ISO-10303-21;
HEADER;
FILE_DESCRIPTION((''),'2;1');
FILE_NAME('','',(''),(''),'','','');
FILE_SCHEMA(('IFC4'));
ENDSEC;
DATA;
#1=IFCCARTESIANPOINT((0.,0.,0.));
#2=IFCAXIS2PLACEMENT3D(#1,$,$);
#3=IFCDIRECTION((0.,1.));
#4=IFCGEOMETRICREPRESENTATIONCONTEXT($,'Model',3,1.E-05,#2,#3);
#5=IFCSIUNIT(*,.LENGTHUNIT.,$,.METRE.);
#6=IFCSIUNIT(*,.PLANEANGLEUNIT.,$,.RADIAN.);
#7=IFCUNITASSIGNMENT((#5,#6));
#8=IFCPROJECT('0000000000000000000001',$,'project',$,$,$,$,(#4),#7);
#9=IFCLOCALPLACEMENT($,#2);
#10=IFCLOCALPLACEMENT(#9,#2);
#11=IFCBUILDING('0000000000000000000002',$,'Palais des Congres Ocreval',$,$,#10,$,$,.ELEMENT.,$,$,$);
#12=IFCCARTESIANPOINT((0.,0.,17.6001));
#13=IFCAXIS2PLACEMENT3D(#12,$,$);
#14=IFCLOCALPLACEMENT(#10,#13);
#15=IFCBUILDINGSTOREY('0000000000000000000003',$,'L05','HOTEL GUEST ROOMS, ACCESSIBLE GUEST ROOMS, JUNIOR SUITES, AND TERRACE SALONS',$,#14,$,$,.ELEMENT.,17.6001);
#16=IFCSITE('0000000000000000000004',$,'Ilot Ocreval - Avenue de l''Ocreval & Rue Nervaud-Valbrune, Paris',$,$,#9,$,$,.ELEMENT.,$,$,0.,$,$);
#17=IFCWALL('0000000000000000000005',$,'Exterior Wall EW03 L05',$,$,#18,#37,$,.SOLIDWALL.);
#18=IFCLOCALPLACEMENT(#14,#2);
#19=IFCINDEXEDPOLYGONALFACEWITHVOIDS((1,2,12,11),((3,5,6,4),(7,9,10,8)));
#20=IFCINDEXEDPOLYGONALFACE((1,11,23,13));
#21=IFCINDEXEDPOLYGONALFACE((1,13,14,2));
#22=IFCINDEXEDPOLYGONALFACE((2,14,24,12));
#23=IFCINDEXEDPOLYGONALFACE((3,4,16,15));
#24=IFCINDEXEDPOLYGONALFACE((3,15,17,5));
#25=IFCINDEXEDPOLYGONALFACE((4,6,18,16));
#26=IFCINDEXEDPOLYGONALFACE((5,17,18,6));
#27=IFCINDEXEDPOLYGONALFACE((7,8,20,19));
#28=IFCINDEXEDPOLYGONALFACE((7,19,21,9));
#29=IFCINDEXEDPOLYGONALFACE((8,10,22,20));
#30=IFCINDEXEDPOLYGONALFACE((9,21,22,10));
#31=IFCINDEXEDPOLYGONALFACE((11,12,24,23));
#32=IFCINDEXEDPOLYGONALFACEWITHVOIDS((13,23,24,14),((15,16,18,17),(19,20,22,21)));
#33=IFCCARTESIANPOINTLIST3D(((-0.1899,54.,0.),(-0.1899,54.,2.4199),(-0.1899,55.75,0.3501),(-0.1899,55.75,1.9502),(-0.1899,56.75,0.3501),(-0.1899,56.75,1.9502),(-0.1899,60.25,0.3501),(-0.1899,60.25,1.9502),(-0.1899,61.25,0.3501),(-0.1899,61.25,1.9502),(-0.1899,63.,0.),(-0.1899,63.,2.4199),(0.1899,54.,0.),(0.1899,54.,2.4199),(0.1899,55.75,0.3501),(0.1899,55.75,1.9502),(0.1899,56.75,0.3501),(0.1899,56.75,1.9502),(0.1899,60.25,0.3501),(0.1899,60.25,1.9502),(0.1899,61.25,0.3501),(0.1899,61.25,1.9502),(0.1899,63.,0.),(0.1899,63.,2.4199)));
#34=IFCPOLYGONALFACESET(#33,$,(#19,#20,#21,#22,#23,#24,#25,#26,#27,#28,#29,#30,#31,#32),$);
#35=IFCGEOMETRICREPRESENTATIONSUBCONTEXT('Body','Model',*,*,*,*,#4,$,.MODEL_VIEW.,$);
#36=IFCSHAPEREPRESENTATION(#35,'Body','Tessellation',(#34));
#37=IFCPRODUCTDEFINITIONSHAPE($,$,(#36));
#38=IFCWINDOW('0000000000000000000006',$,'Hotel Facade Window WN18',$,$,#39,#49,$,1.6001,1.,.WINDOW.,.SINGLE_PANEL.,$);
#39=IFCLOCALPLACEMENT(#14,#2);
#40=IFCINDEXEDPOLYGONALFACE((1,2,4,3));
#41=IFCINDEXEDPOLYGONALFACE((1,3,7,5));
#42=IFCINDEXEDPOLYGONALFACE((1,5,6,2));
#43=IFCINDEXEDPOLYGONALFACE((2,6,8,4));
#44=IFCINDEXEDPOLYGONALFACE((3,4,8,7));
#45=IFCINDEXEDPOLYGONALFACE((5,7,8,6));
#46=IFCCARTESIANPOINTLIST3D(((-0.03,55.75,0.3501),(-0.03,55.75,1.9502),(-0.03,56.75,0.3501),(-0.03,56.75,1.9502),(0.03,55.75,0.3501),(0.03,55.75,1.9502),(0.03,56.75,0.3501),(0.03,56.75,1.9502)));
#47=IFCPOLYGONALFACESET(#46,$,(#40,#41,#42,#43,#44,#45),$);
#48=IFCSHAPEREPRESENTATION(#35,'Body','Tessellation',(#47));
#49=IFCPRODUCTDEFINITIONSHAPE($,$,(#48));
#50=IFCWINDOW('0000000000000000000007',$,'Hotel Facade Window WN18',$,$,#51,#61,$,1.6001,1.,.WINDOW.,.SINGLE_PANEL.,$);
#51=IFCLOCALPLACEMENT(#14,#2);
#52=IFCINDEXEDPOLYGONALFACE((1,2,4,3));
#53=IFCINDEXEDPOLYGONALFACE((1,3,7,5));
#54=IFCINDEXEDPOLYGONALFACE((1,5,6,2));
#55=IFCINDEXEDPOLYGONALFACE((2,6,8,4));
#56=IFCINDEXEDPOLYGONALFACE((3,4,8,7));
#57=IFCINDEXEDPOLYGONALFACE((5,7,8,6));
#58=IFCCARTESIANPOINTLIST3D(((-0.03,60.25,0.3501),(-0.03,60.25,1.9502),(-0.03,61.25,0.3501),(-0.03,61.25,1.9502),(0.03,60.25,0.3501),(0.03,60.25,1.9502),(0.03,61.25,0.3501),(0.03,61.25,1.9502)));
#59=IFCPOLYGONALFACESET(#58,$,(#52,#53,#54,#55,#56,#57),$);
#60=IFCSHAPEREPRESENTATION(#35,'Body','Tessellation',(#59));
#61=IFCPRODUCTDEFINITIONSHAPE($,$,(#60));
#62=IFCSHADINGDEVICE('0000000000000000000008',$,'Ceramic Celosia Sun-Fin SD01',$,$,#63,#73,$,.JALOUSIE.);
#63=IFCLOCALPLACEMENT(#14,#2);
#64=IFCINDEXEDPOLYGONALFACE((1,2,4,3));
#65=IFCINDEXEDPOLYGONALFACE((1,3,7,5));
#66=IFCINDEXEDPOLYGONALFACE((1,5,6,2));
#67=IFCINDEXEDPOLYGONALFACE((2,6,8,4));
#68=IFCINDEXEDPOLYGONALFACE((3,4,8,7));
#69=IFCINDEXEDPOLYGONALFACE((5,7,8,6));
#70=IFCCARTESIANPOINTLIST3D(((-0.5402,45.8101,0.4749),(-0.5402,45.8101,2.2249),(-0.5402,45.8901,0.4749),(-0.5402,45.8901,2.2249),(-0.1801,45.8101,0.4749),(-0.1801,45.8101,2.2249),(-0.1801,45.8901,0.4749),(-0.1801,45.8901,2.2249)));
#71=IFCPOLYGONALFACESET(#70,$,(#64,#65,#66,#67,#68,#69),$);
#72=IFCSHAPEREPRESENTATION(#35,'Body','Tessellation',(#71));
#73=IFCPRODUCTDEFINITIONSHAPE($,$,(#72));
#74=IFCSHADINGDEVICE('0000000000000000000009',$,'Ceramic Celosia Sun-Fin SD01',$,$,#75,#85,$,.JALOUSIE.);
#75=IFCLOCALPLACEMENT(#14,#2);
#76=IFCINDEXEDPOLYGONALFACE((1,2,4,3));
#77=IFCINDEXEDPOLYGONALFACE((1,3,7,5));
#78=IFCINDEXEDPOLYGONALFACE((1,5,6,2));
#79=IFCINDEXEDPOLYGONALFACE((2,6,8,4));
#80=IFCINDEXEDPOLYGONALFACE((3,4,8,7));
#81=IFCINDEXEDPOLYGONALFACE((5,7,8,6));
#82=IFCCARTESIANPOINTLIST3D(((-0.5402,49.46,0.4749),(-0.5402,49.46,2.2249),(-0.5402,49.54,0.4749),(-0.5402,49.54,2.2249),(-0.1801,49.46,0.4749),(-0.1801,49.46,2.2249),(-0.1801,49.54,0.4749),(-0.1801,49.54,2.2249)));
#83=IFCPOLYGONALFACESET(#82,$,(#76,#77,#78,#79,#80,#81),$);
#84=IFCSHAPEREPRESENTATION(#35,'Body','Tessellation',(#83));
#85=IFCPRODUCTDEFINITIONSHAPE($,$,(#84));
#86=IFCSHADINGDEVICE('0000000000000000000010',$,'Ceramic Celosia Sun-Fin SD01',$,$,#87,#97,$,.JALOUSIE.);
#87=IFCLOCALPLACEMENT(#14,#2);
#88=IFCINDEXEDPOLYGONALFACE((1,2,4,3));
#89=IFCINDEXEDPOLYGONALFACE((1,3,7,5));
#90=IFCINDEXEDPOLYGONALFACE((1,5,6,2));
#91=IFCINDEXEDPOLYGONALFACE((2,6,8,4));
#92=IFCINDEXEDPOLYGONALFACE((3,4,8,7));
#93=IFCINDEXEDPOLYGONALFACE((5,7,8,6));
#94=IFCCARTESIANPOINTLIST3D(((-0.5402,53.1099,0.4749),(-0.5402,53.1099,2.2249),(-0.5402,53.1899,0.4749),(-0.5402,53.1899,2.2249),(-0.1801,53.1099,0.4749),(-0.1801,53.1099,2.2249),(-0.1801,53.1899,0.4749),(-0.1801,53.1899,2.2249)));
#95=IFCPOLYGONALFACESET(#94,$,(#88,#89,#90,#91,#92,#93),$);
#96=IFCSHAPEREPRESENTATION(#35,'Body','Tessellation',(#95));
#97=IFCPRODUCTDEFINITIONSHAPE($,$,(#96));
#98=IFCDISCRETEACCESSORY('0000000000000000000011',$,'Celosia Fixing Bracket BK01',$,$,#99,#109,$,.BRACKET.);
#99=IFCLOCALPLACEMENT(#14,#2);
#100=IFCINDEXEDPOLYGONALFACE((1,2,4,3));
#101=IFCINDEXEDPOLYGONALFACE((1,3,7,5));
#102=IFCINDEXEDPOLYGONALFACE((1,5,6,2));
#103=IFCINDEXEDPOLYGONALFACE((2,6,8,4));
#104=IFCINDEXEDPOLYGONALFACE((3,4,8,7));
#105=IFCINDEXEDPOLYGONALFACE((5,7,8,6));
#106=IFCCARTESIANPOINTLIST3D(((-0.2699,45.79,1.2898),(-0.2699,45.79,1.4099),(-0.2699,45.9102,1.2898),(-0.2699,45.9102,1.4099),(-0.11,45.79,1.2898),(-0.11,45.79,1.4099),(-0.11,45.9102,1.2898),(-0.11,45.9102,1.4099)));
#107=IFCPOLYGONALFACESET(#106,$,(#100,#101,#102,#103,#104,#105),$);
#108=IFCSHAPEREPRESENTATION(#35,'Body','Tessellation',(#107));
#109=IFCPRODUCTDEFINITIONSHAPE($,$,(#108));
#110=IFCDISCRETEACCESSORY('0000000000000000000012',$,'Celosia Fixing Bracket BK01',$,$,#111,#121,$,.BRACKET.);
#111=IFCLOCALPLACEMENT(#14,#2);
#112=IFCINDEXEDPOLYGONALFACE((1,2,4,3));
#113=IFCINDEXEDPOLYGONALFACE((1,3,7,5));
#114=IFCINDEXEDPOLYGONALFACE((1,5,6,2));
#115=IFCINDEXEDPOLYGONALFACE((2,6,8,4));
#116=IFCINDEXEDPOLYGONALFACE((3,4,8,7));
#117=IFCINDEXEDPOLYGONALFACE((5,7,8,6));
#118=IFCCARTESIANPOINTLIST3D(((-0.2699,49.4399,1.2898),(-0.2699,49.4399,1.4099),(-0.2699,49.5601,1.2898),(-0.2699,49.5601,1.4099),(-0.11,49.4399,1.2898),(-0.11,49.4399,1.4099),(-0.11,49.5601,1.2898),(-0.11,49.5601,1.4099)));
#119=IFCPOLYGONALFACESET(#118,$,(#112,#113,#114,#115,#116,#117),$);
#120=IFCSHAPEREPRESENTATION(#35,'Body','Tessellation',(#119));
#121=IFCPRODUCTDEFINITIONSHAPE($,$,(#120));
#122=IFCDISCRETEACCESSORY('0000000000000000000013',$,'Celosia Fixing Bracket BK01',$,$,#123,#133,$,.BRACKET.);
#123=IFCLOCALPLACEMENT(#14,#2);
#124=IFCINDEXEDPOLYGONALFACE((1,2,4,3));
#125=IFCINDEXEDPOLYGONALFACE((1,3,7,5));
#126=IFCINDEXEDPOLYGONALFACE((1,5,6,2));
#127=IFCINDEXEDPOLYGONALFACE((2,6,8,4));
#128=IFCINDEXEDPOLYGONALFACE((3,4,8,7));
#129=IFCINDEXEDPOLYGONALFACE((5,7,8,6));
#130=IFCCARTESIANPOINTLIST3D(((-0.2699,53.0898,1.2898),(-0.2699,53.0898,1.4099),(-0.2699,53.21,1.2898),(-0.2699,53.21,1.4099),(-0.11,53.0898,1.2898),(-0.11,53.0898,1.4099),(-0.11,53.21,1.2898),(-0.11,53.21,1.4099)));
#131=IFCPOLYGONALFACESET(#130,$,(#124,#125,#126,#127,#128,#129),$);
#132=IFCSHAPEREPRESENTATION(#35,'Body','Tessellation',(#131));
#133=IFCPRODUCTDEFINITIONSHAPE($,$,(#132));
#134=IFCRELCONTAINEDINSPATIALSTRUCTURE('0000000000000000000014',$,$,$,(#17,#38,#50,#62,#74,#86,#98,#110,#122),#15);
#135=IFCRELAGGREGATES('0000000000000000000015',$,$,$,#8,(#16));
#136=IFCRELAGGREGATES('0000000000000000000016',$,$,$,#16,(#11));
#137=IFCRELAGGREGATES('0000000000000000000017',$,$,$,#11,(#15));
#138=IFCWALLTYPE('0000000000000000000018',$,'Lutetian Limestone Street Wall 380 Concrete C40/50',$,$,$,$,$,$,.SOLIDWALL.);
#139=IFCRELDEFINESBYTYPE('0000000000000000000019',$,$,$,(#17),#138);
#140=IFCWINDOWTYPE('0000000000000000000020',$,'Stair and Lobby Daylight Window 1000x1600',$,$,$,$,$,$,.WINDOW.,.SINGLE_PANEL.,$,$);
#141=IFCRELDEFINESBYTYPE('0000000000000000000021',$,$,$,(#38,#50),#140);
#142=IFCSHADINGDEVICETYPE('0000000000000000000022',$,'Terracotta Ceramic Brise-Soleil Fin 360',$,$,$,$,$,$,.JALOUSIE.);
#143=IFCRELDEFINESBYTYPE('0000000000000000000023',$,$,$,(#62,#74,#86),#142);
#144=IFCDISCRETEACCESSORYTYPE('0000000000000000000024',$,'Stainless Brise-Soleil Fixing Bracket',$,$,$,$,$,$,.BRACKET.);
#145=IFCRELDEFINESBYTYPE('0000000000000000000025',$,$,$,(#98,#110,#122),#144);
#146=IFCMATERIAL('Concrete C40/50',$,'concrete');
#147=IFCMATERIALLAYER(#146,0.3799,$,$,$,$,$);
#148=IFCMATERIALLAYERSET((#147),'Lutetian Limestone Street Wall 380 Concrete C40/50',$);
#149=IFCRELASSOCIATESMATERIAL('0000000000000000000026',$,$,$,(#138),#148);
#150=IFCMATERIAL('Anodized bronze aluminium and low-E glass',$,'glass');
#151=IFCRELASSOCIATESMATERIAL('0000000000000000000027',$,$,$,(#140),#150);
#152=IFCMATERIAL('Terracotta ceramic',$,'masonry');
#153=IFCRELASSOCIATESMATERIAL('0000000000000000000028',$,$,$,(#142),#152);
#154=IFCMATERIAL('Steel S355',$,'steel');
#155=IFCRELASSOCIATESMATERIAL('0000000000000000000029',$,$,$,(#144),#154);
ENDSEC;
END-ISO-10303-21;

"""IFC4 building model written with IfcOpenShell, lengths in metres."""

from ifc_helpers import new_model, si_unit, direction, frame, frame_2d, origin, origin_2d, place, context, subcontext, project, spatial, rectangle, extrude, material, layer, layer_set, type_object, element, fill, save


model = new_model("IFC4")

# Units and contexts
model_context = context("Model", 3, precision=1e-05, world=origin(), true_north=direction((0.0, 1.0)))
body_context = subcontext(model_context, "Body", "Model", "MODEL_VIEW")
ifc_project = project(units=[si_unit("LENGTHUNIT", "METRE"), si_unit("PLANEANGLEUNIT", "RADIAN")], contexts=[model_context])

# Site, building, storey
site_placement = place(None, origin())
site = spatial("IfcSite", under=ifc_project, at=site_placement, Name="Ilot Ocreval - Avenue de l'Ocreval & Rue Nervaud-Valbrune, Paris", CompositionType="ELEMENT", RefElevation=0.0)
building_placement = place(site_placement, origin())
building = spatial("IfcBuilding", under=site, at=building_placement, Name="Palais des Congres Ocreval", CompositionType="ELEMENT")
storey_placement = place(building_placement, frame((0.0, 0.0, 17.6001)))
storey = spatial("IfcBuildingStorey", under=building, at=storey_placement, Name="L05", Description="HOTEL GUEST ROOMS, ACCESSIBLE GUEST ROOMS, JUNIOR SUITES, AND TERRACE SALONS", CompositionType="ELEMENT", Elevation=17.6001)

# Shared definitions
ifc_material_1 = material(Name="Steel S355", Category="steel")

# Shared definitions
ifc_material_2 = material(Name="Concrete C40/50", Category="concrete")

# Wall, openings, windows
ifc_layer_1 = layer(ifc_material_2, 0.3799)
ifc_layer_set_1 = layer_set([ifc_layer_1], Name="Lutetian Limestone Street Wall 380 Concrete C40/50")
wall_type_1 = type_object("IfcWallType", Name="Lutetian Limestone Street Wall 380 Concrete C40/50", PredefinedType="SOLIDWALL", material=ifc_layer_set_1)
ifc_material_3 = material(Name="Anodized bronze aluminium and low-E glass", Category="glass")
window_type = type_object("IfcWindowType", Name="Stair and Lobby Daylight Window 1000x1600", PartitioningType="SINGLE_PANEL", PredefinedType="WINDOW", material=ifc_material_3)
wall_1_placement = place(storey_placement, frame((0.0, 54.0, 0.0), z_axis=(0.0, 0.0, 1.0), x_axis=(0.0, 1.0, 0.0)))
wall_1 = element("IfcWall", 1, at=wall_1_placement, inside=storey, type_object=wall_type_1, Name="Exterior Wall EW03 L05", PredefinedType="SOLIDWALL", context=body_context, shape_type="SweptSolid", body=[
    extrude(rectangle(XDim=9.0, YDim=0.3799, at=frame_2d((4.5, 0.0))), origin(), (0.0, 0.0, 1.0), 2.4199),
])
opening_1_placement = place(wall_1_placement, frame((1.75, 0.0, 0.3501)))
opening_1 = element("IfcOpeningElement", 2, at=opening_1_placement, cuts=wall_1, PredefinedType="OPENING", context=body_context, shape_type="SweptSolid", body=[
    extrude(rectangle(XDim=1.0, YDim=1.6001, at=frame_2d((0.5, 0.8))), frame((0.0, 0.2, 0.0), z_axis=(0.0, -1.0, 0.0), x_axis=(1.0, 0.0, 0.0)), (0.0, 0.0, 1.0), 0.3999),
])
opening_2_placement = place(wall_1_placement, frame((6.25, 0.0, 0.3501)))
opening_2 = element("IfcOpeningElement", 3, at=opening_2_placement, cuts=wall_1, PredefinedType="OPENING", context=body_context, shape_type="SweptSolid", body=[
    extrude(rectangle(XDim=1.0, YDim=1.6001, at=frame_2d((0.5, 0.8))), frame((0.0, 0.2, 0.0), z_axis=(0.0, -1.0, 0.0), x_axis=(1.0, 0.0, 0.0)), (0.0, 0.0, 1.0), 0.3999),
])
window_1_placement = place(opening_1_placement, origin())
window_1 = element("IfcWindow", 4, at=window_1_placement, inside=storey, type_object=window_type, Name="Hotel Facade Window WN18", OverallHeight=1.6001, OverallWidth=1.0, PartitioningType="SINGLE_PANEL", PredefinedType="WINDOW", context=body_context, shape_type="SweptSolid", body=[
    extrude(rectangle(XDim=1.0, YDim=1.6001, at=frame_2d((0.5, 0.8))), frame((0.0, 0.03, 0.0), z_axis=(0.0, -1.0, 0.0), x_axis=(1.0, 0.0, 0.0)), (0.0, 0.0, 1.0), 0.0601),
])
fill(opening_1, window_1)
window_2_placement = place(opening_2_placement, origin())
window_2 = element("IfcWindow", 5, at=window_2_placement, inside=storey, type_object=window_type, Name="Hotel Facade Window WN18", OverallHeight=1.6001, OverallWidth=1.0, PartitioningType="SINGLE_PANEL", PredefinedType="WINDOW", context=body_context, shape_type="SweptSolid", body=[
    extrude(rectangle(XDim=1.0, YDim=1.6001, at=frame_2d((0.5, 0.8))), frame((0.0, 0.03, 0.0), z_axis=(0.0, -1.0, 0.0), x_axis=(1.0, 0.0, 0.0)), (0.0, 0.0, 1.0), 0.0601),
])
fill(opening_2, window_2)

# Shading devices
ifc_material_4 = material(Name="Terracotta ceramic", Category="masonry")
shading_device_type = type_object("IfcShadingDeviceType", Name="Terracotta Ceramic Brise-Soleil Fin 360", PredefinedType="JALOUSIE", material=ifc_material_4)
for number, where, z_axis, x_axis, name in (
    (6, (-0.3601, 45.8501, 0.4749), (0.0, 0.0, 1.0), (-1.0, 0.0, 0.0), "Ceramic Celosia Sun-Fin SD01"),
    (7, (-0.3601, 49.5, 0.4749), (0.0, 0.0, 1.0), (-1.0, 0.0, 0.0), "Ceramic Celosia Sun-Fin SD01"),
    (8, (-0.3601, 53.1499, 0.4749), (0.0, 0.0, 1.0), (-1.0, 0.0, 0.0), "Ceramic Celosia Sun-Fin SD01"),
):
    element("IfcShadingDevice", number, at=place(storey_placement, frame(where, z_axis=z_axis, x_axis=x_axis)), inside=storey, type_object=shading_device_type, Name=name, PredefinedType="JALOUSIE", context=body_context, shape_type="SweptSolid", body=[
        extrude(rectangle(XDim=0.3601, YDim=0.0801, at=origin_2d()), origin(), (0.0, 0.0, 1.0), 1.75),
    ])

# Discrete accessories
discrete_accessory_type = type_object("IfcDiscreteAccessoryType", Name="Stainless Brise-Soleil Fixing Bracket", PredefinedType="BRACKET", material=ifc_material_1)
for number, where, z_axis, x_axis, name in (
    (9, (-0.1899, 45.8501, 1.2898), (0.0, 0.0, 1.0), (-1.0, 0.0, 0.0), "Celosia Fixing Bracket BK01"),
    (10, (-0.1899, 49.5, 1.2898), (0.0, 0.0, 1.0), (-1.0, 0.0, 0.0), "Celosia Fixing Bracket BK01"),
    (11, (-0.1899, 53.1499, 1.2898), (0.0, 0.0, 1.0), (-1.0, 0.0, 0.0), "Celosia Fixing Bracket BK01"),
):
    element("IfcDiscreteAccessory", number, at=place(storey_placement, frame(where, z_axis=z_axis, x_axis=x_axis)), inside=storey, type_object=discrete_accessory_type, Name=name, PredefinedType="BRACKET", context=body_context, shape_type="SweptSolid", body=[
        extrude(rectangle(XDim=0.1599, YDim=0.1201, at=origin_2d()), origin(), (0.0, 0.0, 1.0), 0.1201),
    ])

save(model, "model.ifc")
